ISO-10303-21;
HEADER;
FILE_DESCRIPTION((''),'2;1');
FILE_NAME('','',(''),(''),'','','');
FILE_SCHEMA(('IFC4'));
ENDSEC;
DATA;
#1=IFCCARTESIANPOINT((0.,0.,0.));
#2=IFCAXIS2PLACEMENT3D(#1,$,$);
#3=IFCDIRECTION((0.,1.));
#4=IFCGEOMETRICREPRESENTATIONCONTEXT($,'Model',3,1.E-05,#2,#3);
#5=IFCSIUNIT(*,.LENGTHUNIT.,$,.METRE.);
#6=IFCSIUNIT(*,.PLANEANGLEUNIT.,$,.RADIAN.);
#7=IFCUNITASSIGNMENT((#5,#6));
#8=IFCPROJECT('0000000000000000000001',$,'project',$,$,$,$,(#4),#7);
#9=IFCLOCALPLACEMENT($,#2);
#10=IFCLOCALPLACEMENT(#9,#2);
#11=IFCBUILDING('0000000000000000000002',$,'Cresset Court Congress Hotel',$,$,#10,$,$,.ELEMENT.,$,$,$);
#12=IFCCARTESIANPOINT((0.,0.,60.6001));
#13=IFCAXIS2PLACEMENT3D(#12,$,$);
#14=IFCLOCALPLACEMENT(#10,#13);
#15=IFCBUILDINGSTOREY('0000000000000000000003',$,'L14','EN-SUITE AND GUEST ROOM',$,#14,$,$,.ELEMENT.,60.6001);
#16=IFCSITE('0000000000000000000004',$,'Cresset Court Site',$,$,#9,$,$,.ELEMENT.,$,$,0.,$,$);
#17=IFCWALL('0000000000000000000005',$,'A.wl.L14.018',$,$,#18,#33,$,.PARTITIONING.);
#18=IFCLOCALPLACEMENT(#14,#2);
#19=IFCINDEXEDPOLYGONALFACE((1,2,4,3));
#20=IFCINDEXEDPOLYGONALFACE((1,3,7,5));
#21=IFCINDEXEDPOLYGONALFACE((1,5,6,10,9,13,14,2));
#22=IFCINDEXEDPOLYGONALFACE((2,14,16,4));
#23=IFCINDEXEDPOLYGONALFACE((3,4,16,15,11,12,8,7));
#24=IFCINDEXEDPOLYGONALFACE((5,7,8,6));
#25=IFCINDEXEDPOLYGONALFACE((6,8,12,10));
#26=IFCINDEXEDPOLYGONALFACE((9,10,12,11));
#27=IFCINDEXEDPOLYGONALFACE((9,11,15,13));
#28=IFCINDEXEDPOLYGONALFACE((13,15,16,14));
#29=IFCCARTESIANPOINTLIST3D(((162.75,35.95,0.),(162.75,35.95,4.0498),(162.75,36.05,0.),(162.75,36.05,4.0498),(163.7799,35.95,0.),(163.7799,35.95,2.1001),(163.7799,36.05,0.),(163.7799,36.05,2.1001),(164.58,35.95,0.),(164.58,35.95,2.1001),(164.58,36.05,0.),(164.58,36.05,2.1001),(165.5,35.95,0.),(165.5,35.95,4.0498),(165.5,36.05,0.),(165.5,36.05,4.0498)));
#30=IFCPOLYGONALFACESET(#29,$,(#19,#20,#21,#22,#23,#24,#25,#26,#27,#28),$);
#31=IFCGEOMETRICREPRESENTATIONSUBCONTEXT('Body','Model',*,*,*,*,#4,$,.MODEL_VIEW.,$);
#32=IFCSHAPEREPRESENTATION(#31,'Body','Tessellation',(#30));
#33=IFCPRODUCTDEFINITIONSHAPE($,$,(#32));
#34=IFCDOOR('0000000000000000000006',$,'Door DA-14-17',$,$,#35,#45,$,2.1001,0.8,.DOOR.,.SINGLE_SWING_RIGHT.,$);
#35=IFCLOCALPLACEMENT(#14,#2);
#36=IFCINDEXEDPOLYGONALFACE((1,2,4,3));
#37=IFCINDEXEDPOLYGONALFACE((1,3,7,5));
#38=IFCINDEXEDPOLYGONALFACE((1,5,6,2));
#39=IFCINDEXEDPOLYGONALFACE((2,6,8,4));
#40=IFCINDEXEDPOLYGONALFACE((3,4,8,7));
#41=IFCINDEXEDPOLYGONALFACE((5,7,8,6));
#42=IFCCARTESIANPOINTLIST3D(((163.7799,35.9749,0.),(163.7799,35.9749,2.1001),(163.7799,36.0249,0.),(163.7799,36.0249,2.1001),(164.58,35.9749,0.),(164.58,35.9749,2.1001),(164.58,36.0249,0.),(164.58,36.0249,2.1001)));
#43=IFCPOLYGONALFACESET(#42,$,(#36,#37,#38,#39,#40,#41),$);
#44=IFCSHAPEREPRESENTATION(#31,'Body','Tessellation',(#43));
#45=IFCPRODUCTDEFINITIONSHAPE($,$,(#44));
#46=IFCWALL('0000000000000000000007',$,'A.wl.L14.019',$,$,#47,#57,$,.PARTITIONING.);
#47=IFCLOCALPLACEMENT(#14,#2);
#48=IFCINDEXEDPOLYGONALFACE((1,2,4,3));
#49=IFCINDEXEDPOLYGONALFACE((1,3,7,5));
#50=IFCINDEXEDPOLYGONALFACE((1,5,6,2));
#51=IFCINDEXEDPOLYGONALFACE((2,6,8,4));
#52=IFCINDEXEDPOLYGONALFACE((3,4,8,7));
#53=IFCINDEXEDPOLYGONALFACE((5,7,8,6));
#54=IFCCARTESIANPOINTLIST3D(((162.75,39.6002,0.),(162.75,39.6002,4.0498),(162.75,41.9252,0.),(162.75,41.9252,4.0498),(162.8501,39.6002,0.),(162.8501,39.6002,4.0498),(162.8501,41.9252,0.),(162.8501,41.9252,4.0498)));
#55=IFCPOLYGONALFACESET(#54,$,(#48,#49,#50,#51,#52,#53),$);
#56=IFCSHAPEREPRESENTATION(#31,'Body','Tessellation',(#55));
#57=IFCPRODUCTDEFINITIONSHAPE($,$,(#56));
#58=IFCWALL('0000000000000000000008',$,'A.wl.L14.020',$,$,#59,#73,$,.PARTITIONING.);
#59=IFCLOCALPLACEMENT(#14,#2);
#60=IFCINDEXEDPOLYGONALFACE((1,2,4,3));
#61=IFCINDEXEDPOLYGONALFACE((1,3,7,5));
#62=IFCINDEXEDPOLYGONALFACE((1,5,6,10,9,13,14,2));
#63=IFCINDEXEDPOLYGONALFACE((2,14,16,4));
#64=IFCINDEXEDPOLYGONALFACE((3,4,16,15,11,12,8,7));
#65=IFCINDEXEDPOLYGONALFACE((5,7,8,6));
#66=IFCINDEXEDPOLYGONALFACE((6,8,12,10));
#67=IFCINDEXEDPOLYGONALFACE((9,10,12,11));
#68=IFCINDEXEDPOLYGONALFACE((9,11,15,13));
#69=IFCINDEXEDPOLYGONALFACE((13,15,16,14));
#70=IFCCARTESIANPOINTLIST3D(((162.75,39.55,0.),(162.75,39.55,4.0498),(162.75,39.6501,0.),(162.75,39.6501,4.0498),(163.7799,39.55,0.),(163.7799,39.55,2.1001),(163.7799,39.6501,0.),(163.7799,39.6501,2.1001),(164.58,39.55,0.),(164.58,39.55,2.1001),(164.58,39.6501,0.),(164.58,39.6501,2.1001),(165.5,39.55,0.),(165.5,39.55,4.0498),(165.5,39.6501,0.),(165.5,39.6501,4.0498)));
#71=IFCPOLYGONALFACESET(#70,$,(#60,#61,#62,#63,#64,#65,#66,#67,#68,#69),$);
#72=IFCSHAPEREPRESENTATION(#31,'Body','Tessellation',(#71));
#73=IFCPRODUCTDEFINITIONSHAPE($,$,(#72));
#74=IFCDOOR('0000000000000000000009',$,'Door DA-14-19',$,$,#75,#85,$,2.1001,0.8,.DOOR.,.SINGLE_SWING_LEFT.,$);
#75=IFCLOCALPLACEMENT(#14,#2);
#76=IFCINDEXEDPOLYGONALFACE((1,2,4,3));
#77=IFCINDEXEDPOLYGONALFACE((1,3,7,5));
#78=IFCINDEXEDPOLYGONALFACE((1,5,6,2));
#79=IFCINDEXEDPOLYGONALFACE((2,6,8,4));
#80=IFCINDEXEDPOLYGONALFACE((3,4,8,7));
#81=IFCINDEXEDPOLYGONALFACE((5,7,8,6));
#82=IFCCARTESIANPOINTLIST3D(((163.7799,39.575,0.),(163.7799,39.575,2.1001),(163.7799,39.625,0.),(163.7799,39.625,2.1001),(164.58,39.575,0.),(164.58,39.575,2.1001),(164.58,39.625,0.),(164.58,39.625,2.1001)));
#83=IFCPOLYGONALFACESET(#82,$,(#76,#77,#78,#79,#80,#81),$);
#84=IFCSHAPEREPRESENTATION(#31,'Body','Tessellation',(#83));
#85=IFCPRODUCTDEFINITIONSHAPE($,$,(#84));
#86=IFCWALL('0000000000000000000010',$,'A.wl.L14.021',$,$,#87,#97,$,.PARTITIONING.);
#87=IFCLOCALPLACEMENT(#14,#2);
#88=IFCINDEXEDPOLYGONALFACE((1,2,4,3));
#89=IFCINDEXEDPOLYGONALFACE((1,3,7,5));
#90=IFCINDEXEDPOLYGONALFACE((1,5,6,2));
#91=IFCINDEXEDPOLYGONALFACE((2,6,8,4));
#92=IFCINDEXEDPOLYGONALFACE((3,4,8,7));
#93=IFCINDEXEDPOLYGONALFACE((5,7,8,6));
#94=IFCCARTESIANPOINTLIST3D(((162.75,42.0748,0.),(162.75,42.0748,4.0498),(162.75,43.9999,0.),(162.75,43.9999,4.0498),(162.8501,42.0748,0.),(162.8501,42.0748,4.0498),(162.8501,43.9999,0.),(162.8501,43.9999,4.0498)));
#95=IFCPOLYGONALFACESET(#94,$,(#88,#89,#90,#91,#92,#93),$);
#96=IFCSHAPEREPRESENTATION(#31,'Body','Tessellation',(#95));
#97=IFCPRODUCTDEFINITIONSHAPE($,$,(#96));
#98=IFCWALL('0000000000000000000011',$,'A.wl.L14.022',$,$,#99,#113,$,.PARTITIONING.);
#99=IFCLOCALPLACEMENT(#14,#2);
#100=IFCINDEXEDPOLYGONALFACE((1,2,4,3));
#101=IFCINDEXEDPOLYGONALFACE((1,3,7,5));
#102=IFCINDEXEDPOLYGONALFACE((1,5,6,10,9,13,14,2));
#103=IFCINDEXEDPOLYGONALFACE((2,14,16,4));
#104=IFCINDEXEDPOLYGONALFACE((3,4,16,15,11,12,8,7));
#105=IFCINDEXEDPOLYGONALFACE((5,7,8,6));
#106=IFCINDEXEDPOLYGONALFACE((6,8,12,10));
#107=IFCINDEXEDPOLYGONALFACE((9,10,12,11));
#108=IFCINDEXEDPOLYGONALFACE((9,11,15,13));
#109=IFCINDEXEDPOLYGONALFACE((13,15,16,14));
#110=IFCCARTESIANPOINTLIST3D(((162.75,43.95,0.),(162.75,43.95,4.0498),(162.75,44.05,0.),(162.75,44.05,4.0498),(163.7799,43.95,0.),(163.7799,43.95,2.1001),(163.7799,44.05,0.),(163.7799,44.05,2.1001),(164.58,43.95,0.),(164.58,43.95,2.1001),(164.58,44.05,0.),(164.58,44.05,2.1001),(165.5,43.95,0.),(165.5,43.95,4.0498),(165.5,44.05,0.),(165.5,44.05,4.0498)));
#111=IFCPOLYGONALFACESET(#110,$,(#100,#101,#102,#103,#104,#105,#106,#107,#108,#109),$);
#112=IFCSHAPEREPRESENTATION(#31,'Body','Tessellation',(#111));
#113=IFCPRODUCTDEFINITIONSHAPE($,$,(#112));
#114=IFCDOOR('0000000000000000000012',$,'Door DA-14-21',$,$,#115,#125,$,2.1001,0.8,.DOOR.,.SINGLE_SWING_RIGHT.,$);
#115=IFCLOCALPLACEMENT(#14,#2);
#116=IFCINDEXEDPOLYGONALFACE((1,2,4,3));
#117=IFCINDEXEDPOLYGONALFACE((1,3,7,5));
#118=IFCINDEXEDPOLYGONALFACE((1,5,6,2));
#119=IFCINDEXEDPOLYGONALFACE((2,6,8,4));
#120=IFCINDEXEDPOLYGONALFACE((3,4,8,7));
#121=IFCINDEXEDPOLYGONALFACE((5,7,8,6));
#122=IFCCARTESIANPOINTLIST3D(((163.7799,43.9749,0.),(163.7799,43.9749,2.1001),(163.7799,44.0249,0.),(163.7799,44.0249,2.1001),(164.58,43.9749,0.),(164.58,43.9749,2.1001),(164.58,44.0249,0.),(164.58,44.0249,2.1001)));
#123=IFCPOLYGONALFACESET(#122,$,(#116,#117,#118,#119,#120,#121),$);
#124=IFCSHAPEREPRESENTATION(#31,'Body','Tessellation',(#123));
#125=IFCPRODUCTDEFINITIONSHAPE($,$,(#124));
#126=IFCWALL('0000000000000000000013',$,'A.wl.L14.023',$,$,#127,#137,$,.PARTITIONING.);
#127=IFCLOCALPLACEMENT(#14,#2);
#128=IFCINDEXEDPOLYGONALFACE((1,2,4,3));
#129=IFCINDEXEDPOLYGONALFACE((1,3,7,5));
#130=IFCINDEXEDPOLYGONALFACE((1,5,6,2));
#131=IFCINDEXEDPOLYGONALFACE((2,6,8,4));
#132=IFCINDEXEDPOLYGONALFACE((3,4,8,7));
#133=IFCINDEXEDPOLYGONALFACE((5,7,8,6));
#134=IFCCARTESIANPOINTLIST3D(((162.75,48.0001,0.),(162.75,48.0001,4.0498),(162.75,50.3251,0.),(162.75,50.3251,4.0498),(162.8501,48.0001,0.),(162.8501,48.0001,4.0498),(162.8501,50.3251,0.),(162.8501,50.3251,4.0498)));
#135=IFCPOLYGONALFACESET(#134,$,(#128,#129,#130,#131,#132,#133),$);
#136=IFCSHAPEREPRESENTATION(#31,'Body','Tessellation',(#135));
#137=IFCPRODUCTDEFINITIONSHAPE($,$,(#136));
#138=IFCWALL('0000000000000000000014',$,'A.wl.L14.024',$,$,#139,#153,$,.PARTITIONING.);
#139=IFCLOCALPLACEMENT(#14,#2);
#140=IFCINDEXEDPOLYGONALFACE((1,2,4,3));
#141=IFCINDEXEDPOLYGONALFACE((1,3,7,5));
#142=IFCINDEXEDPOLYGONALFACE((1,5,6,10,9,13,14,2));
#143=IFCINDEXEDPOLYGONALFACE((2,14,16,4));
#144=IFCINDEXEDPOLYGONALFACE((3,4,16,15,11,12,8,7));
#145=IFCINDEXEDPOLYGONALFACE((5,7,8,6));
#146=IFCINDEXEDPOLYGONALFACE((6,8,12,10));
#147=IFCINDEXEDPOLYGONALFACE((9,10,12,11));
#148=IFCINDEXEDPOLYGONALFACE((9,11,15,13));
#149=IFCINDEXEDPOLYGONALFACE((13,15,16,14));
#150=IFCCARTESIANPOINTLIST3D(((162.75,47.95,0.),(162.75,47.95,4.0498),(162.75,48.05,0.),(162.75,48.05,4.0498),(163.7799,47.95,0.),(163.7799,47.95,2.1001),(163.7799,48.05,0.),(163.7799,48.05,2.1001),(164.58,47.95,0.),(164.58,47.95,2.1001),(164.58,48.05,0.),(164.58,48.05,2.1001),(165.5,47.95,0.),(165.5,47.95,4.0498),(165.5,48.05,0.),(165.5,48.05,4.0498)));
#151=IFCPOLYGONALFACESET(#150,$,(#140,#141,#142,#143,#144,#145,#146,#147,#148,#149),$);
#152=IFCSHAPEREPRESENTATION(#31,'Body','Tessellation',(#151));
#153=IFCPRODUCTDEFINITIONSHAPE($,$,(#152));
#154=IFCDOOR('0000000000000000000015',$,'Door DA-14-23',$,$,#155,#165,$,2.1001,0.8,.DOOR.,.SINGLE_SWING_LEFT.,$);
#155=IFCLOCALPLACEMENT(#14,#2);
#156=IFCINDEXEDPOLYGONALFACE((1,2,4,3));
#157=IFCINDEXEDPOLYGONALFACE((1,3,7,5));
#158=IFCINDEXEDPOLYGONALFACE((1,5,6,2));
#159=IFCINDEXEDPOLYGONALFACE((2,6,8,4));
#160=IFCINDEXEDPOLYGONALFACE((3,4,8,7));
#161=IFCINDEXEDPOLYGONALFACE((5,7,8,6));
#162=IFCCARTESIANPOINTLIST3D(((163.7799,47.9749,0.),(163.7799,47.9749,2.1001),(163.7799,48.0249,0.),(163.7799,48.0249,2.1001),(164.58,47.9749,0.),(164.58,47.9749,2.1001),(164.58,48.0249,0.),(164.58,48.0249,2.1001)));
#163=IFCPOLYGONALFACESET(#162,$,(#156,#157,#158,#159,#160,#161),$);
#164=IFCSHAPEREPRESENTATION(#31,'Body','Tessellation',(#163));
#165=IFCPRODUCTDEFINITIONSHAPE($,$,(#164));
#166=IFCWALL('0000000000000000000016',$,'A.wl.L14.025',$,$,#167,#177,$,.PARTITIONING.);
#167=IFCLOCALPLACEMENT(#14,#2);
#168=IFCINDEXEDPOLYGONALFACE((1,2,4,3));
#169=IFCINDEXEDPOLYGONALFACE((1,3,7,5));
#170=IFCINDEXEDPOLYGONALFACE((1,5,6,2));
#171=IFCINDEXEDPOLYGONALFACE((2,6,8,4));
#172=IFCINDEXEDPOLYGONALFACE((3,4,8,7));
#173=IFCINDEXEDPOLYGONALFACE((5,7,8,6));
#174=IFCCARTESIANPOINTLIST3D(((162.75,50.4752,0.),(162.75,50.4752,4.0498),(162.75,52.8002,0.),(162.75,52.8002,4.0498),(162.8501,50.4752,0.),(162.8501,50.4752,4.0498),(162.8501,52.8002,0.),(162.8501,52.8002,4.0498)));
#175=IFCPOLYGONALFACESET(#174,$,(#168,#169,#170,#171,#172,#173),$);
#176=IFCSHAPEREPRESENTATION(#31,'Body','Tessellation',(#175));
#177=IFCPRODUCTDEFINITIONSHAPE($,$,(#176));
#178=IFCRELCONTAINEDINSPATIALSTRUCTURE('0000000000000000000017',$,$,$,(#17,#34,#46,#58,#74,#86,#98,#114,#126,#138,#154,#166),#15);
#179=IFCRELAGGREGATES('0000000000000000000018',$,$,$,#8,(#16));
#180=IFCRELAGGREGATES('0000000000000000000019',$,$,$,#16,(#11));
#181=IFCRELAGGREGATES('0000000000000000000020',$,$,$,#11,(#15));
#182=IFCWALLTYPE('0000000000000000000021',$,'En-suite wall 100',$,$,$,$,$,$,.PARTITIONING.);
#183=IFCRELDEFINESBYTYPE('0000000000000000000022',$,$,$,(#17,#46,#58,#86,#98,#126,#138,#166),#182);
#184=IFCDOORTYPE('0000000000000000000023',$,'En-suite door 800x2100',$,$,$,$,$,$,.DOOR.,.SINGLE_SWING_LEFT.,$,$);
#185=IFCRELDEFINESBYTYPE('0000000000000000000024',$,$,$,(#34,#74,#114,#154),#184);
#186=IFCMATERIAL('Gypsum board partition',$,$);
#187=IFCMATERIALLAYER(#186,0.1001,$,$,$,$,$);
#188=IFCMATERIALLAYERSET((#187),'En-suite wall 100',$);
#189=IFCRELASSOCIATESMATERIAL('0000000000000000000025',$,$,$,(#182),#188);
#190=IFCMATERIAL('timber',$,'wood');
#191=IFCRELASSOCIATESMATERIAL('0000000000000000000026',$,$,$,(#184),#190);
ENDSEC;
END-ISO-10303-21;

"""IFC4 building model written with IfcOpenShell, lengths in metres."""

from ifc_helpers import new_model, si_unit, direction, frame, frame_2d, origin, place, context, subcontext, project, spatial, rectangle, extrude, material, layer, layer_set, type_object, element, fill, save


model = new_model("IFC4")

# Units and contexts
model_context = context("Model", 3, precision=1e-05, world=origin(), true_north=direction((0.0, 1.0)))
body_context = subcontext(model_context, "Body", "Model", "MODEL_VIEW")
ifc_project = project(units=[si_unit("LENGTHUNIT", "METRE"), si_unit("PLANEANGLEUNIT", "RADIAN")], contexts=[model_context])

# Site, building, storey
site_placement = place(None, origin())
site = spatial("IfcSite", under=ifc_project, at=site_placement, Name="Cresset Court Site", CompositionType="ELEMENT", RefElevation=0.0)
building_placement = place(site_placement, origin())
building = spatial("IfcBuilding", under=site, at=building_placement, Name="Cresset Court Congress Hotel", CompositionType="ELEMENT")
storey_placement = place(building_placement, frame((0.0, 0.0, 60.6001)))
storey = spatial("IfcBuildingStorey", under=building, at=storey_placement, Name="L14", Description="EN-SUITE AND GUEST ROOM", CompositionType="ELEMENT", Elevation=60.6001)

# Wall, opening, door
ifc_material_1 = material(Name="Gypsum board partition")
ifc_layer_1 = layer(ifc_material_1, 0.1001)
ifc_layer_set_1 = layer_set([ifc_layer_1], Name="En-suite wall 100")
wall_type_1 = type_object("IfcWallType", Name="En-suite wall 100", PredefinedType="PARTITIONING", material=ifc_layer_set_1)
wall_1_placement = place(storey_placement, frame((162.75, 36.0, 0.0), z_axis=(0.0, 0.0, 1.0), x_axis=(1.0, 0.0, 0.0)))
wall_1 = element("IfcWall", 1, at=wall_1_placement, inside=storey, type_object=wall_type_1, Name="A.wl.L14.018", PredefinedType="PARTITIONING", context=body_context, shape_type="SweptSolid", body=[
    extrude(rectangle(XDim=2.75, YDim=0.1001, at=frame_2d((1.375, 0.0))), origin(), (0.0, 0.0, 1.0), 4.0498),
])
opening_1_placement = place(wall_1_placement, frame((1.03, 0.0, 0.0)))
opening_1 = element("IfcOpeningElement", 2, at=opening_1_placement, cuts=wall_1, PredefinedType="OPENING", context=body_context, shape_type="SweptSolid", body=[
    extrude(rectangle(XDim=0.8, YDim=2.1001, at=frame_2d((0.3999, 1.05))), frame((0.0, 0.0601, 0.0), z_axis=(0.0, -1.0, 0.0), x_axis=(1.0, 0.0, 0.0)), (0.0, 0.0, 1.0), 0.1201),
])
ifc_material_2 = material(Name="timber", Category="wood")
door_type = type_object("IfcDoorType", Name="En-suite door 800x2100", OperationType="SINGLE_SWING_LEFT", PredefinedType="DOOR", material=ifc_material_2)
door_1_placement = place(opening_1_placement, origin())
door_1 = element("IfcDoor", 3, at=door_1_placement, inside=storey, type_object=door_type, Name="Door DA-14-17", OperationType="SINGLE_SWING_RIGHT", OverallHeight=2.1001, OverallWidth=0.8, PredefinedType="DOOR", context=body_context, shape_type="SweptSolid", body=[
    extrude(rectangle(XDim=0.8, YDim=2.1001, at=frame_2d((0.3999, 1.05))), frame((0.0, 0.0249, 0.0), z_axis=(0.0, -1.0, 0.0), x_axis=(1.0, 0.0, 0.0)), (0.0, 0.0, 1.0), 0.05),
])
fill(opening_1, door_1)

# Wall
wall_2_placement = place(storey_placement, frame((162.8, 39.6001, 0.0), z_axis=(0.0, 0.0, 1.0), x_axis=(0.0, 1.0, 0.0)))
element("IfcWall", 4, at=wall_2_placement, inside=storey, type_object=wall_type_1, Name="A.wl.L14.019", PredefinedType="PARTITIONING", context=body_context, shape_type="SweptSolid", body=[
    extrude(rectangle(XDim=2.325, YDim=0.1001, at=frame_2d((1.1626, 0.0))), origin(), (0.0, 0.0, 1.0), 4.0498),
])

# Wall, opening, door
wall_3_placement = place(storey_placement, frame((162.75, 39.6001, 0.0), z_axis=(0.0, 0.0, 1.0), x_axis=(1.0, 0.0, 0.0)))
wall_3 = element("IfcWall", 5, at=wall_3_placement, inside=storey, type_object=wall_type_1, Name="A.wl.L14.020", PredefinedType="PARTITIONING", context=body_context, shape_type="SweptSolid", body=[
    extrude(rectangle(XDim=2.75, YDim=0.1001, at=frame_2d((1.375, 0.0))), origin(), (0.0, 0.0, 1.0), 4.0498),
])
opening_2_placement = place(wall_3_placement, frame((1.03, 0.0, 0.0)))
opening_2 = element("IfcOpeningElement", 6, at=opening_2_placement, cuts=wall_3, PredefinedType="OPENING", context=body_context, shape_type="SweptSolid", body=[
    extrude(rectangle(XDim=0.8, YDim=2.1001, at=frame_2d((0.3999, 1.05))), frame((0.0, 0.0601, 0.0), z_axis=(0.0, -1.0, 0.0), x_axis=(1.0, 0.0, 0.0)), (0.0, 0.0, 1.0), 0.1201),
])
door_2_placement = place(opening_2_placement, origin())
door_2 = element("IfcDoor", 7, at=door_2_placement, inside=storey, type_object=door_type, Name="Door DA-14-19", OperationType="SINGLE_SWING_LEFT", OverallHeight=2.1001, OverallWidth=0.8, PredefinedType="DOOR", context=body_context, shape_type="SweptSolid", body=[
    extrude(rectangle(XDim=0.8, YDim=2.1001, at=frame_2d((0.3999, 1.05))), frame((0.0, 0.0249, 0.0), z_axis=(0.0, -1.0, 0.0), x_axis=(1.0, 0.0, 0.0)), (0.0, 0.0, 1.0), 0.05),
])
fill(opening_2, door_2)

# Wall
wall_4_placement = place(storey_placement, frame((162.8, 42.075, 0.0), z_axis=(0.0, 0.0, 1.0), x_axis=(0.0, 1.0, 0.0)))
element("IfcWall", 8, at=wall_4_placement, inside=storey, type_object=wall_type_1, Name="A.wl.L14.021", PredefinedType="PARTITIONING", context=body_context, shape_type="SweptSolid", body=[
    extrude(rectangle(XDim=1.925, YDim=0.1001, at=frame_2d((0.9624, 0.0))), origin(), (0.0, 0.0, 1.0), 4.0498),
])

# Wall, opening, door
wall_5_placement = place(storey_placement, frame((162.75, 44.0, 0.0), z_axis=(0.0, 0.0, 1.0), x_axis=(1.0, 0.0, 0.0)))
wall_5 = element("IfcWall", 9, at=wall_5_placement, inside=storey, type_object=wall_type_1, Name="A.wl.L14.022", PredefinedType="PARTITIONING", context=body_context, shape_type="SweptSolid", body=[
    extrude(rectangle(XDim=2.75, YDim=0.1001, at=frame_2d((1.375, 0.0))), origin(), (0.0, 0.0, 1.0), 4.0498),
])
opening_3_placement = place(wall_5_placement, frame((1.03, 0.0, 0.0)))
opening_3 = element("IfcOpeningElement", 10, at=opening_3_placement, cuts=wall_5, PredefinedType="OPENING", context=body_context, shape_type="SweptSolid", body=[
    extrude(rectangle(XDim=0.8, YDim=2.1001, at=frame_2d((0.3999, 1.05))), frame((0.0, 0.0601, 0.0), z_axis=(0.0, -1.0, 0.0), x_axis=(1.0, 0.0, 0.0)), (0.0, 0.0, 1.0), 0.1201),
])
door_3_placement = place(opening_3_placement, origin())
door_3 = element("IfcDoor", 11, at=door_3_placement, inside=storey, type_object=door_type, Name="Door DA-14-21", OperationType="SINGLE_SWING_RIGHT", OverallHeight=2.1001, OverallWidth=0.8, PredefinedType="DOOR", context=body_context, shape_type="SweptSolid", body=[
    extrude(rectangle(XDim=0.8, YDim=2.1001, at=frame_2d((0.3999, 1.05))), frame((0.0, 0.0249, 0.0), z_axis=(0.0, -1.0, 0.0), x_axis=(1.0, 0.0, 0.0)), (0.0, 0.0, 1.0), 0.05),
])
fill(opening_3, door_3)

# Wall
wall_6_placement = place(storey_placement, frame((162.8, 48.0, 0.0), z_axis=(0.0, 0.0, 1.0), x_axis=(0.0, 1.0, 0.0)))
element("IfcWall", 12, at=wall_6_placement, inside=storey, type_object=wall_type_1, Name="A.wl.L14.023", PredefinedType="PARTITIONING", context=body_context, shape_type="SweptSolid", body=[
    extrude(rectangle(XDim=2.325, YDim=0.1001, at=frame_2d((1.1626, 0.0))), origin(), (0.0, 0.0, 1.0), 4.0498),
])

# Wall, opening, door
wall_7_placement = place(storey_placement, frame((162.75, 48.0, 0.0), z_axis=(0.0, 0.0, 1.0), x_axis=(1.0, 0.0, 0.0)))
wall_7 = element("IfcWall", 13, at=wall_7_placement, inside=storey, type_object=wall_type_1, Name="A.wl.L14.024", PredefinedType="PARTITIONING", context=body_context, shape_type="SweptSolid", body=[
    extrude(rectangle(XDim=2.75, YDim=0.1001, at=frame_2d((1.375, 0.0))), origin(), (0.0, 0.0, 1.0), 4.0498),
])
opening_4_placement = place(wall_7_placement, frame((1.03, 0.0, 0.0)))
opening_4 = element("IfcOpeningElement", 14, at=opening_4_placement, cuts=wall_7, PredefinedType="OPENING", context=body_context, shape_type="SweptSolid", body=[
    extrude(rectangle(XDim=0.8, YDim=2.1001, at=frame_2d((0.3999, 1.05))), frame((0.0, 0.0601, 0.0), z_axis=(0.0, -1.0, 0.0), x_axis=(1.0, 0.0, 0.0)), (0.0, 0.0, 1.0), 0.1201),
])
door_4_placement = place(opening_4_placement, origin())
door_4 = element("IfcDoor", 15, at=door_4_placement, inside=storey, type_object=door_type, Name="Door DA-14-23", OperationType="SINGLE_SWING_LEFT", OverallHeight=2.1001, OverallWidth=0.8, PredefinedType="DOOR", context=body_context, shape_type="SweptSolid", body=[
    extrude(rectangle(XDim=0.8, YDim=2.1001, at=frame_2d((0.3999, 1.05))), frame((0.0, 0.0249, 0.0), z_axis=(0.0, -1.0, 0.0), x_axis=(1.0, 0.0, 0.0)), (0.0, 0.0, 1.0), 0.05),
])
fill(opening_4, door_4)

# Wall
wall_8_placement = place(storey_placement, frame((162.8, 50.4751, 0.0), z_axis=(0.0, 0.0, 1.0), x_axis=(0.0, 1.0, 0.0)))
element("IfcWall", 16, at=wall_8_placement, inside=storey, type_object=wall_type_1, Name="A.wl.L14.025", PredefinedType="PARTITIONING", context=body_context, shape_type="SweptSolid", body=[
    extrude(rectangle(XDim=2.325, YDim=0.1001, at=frame_2d((1.1626, 0.0))), origin(), (0.0, 0.0, 1.0), 4.0498),
])

save(model, "model.ifc")
